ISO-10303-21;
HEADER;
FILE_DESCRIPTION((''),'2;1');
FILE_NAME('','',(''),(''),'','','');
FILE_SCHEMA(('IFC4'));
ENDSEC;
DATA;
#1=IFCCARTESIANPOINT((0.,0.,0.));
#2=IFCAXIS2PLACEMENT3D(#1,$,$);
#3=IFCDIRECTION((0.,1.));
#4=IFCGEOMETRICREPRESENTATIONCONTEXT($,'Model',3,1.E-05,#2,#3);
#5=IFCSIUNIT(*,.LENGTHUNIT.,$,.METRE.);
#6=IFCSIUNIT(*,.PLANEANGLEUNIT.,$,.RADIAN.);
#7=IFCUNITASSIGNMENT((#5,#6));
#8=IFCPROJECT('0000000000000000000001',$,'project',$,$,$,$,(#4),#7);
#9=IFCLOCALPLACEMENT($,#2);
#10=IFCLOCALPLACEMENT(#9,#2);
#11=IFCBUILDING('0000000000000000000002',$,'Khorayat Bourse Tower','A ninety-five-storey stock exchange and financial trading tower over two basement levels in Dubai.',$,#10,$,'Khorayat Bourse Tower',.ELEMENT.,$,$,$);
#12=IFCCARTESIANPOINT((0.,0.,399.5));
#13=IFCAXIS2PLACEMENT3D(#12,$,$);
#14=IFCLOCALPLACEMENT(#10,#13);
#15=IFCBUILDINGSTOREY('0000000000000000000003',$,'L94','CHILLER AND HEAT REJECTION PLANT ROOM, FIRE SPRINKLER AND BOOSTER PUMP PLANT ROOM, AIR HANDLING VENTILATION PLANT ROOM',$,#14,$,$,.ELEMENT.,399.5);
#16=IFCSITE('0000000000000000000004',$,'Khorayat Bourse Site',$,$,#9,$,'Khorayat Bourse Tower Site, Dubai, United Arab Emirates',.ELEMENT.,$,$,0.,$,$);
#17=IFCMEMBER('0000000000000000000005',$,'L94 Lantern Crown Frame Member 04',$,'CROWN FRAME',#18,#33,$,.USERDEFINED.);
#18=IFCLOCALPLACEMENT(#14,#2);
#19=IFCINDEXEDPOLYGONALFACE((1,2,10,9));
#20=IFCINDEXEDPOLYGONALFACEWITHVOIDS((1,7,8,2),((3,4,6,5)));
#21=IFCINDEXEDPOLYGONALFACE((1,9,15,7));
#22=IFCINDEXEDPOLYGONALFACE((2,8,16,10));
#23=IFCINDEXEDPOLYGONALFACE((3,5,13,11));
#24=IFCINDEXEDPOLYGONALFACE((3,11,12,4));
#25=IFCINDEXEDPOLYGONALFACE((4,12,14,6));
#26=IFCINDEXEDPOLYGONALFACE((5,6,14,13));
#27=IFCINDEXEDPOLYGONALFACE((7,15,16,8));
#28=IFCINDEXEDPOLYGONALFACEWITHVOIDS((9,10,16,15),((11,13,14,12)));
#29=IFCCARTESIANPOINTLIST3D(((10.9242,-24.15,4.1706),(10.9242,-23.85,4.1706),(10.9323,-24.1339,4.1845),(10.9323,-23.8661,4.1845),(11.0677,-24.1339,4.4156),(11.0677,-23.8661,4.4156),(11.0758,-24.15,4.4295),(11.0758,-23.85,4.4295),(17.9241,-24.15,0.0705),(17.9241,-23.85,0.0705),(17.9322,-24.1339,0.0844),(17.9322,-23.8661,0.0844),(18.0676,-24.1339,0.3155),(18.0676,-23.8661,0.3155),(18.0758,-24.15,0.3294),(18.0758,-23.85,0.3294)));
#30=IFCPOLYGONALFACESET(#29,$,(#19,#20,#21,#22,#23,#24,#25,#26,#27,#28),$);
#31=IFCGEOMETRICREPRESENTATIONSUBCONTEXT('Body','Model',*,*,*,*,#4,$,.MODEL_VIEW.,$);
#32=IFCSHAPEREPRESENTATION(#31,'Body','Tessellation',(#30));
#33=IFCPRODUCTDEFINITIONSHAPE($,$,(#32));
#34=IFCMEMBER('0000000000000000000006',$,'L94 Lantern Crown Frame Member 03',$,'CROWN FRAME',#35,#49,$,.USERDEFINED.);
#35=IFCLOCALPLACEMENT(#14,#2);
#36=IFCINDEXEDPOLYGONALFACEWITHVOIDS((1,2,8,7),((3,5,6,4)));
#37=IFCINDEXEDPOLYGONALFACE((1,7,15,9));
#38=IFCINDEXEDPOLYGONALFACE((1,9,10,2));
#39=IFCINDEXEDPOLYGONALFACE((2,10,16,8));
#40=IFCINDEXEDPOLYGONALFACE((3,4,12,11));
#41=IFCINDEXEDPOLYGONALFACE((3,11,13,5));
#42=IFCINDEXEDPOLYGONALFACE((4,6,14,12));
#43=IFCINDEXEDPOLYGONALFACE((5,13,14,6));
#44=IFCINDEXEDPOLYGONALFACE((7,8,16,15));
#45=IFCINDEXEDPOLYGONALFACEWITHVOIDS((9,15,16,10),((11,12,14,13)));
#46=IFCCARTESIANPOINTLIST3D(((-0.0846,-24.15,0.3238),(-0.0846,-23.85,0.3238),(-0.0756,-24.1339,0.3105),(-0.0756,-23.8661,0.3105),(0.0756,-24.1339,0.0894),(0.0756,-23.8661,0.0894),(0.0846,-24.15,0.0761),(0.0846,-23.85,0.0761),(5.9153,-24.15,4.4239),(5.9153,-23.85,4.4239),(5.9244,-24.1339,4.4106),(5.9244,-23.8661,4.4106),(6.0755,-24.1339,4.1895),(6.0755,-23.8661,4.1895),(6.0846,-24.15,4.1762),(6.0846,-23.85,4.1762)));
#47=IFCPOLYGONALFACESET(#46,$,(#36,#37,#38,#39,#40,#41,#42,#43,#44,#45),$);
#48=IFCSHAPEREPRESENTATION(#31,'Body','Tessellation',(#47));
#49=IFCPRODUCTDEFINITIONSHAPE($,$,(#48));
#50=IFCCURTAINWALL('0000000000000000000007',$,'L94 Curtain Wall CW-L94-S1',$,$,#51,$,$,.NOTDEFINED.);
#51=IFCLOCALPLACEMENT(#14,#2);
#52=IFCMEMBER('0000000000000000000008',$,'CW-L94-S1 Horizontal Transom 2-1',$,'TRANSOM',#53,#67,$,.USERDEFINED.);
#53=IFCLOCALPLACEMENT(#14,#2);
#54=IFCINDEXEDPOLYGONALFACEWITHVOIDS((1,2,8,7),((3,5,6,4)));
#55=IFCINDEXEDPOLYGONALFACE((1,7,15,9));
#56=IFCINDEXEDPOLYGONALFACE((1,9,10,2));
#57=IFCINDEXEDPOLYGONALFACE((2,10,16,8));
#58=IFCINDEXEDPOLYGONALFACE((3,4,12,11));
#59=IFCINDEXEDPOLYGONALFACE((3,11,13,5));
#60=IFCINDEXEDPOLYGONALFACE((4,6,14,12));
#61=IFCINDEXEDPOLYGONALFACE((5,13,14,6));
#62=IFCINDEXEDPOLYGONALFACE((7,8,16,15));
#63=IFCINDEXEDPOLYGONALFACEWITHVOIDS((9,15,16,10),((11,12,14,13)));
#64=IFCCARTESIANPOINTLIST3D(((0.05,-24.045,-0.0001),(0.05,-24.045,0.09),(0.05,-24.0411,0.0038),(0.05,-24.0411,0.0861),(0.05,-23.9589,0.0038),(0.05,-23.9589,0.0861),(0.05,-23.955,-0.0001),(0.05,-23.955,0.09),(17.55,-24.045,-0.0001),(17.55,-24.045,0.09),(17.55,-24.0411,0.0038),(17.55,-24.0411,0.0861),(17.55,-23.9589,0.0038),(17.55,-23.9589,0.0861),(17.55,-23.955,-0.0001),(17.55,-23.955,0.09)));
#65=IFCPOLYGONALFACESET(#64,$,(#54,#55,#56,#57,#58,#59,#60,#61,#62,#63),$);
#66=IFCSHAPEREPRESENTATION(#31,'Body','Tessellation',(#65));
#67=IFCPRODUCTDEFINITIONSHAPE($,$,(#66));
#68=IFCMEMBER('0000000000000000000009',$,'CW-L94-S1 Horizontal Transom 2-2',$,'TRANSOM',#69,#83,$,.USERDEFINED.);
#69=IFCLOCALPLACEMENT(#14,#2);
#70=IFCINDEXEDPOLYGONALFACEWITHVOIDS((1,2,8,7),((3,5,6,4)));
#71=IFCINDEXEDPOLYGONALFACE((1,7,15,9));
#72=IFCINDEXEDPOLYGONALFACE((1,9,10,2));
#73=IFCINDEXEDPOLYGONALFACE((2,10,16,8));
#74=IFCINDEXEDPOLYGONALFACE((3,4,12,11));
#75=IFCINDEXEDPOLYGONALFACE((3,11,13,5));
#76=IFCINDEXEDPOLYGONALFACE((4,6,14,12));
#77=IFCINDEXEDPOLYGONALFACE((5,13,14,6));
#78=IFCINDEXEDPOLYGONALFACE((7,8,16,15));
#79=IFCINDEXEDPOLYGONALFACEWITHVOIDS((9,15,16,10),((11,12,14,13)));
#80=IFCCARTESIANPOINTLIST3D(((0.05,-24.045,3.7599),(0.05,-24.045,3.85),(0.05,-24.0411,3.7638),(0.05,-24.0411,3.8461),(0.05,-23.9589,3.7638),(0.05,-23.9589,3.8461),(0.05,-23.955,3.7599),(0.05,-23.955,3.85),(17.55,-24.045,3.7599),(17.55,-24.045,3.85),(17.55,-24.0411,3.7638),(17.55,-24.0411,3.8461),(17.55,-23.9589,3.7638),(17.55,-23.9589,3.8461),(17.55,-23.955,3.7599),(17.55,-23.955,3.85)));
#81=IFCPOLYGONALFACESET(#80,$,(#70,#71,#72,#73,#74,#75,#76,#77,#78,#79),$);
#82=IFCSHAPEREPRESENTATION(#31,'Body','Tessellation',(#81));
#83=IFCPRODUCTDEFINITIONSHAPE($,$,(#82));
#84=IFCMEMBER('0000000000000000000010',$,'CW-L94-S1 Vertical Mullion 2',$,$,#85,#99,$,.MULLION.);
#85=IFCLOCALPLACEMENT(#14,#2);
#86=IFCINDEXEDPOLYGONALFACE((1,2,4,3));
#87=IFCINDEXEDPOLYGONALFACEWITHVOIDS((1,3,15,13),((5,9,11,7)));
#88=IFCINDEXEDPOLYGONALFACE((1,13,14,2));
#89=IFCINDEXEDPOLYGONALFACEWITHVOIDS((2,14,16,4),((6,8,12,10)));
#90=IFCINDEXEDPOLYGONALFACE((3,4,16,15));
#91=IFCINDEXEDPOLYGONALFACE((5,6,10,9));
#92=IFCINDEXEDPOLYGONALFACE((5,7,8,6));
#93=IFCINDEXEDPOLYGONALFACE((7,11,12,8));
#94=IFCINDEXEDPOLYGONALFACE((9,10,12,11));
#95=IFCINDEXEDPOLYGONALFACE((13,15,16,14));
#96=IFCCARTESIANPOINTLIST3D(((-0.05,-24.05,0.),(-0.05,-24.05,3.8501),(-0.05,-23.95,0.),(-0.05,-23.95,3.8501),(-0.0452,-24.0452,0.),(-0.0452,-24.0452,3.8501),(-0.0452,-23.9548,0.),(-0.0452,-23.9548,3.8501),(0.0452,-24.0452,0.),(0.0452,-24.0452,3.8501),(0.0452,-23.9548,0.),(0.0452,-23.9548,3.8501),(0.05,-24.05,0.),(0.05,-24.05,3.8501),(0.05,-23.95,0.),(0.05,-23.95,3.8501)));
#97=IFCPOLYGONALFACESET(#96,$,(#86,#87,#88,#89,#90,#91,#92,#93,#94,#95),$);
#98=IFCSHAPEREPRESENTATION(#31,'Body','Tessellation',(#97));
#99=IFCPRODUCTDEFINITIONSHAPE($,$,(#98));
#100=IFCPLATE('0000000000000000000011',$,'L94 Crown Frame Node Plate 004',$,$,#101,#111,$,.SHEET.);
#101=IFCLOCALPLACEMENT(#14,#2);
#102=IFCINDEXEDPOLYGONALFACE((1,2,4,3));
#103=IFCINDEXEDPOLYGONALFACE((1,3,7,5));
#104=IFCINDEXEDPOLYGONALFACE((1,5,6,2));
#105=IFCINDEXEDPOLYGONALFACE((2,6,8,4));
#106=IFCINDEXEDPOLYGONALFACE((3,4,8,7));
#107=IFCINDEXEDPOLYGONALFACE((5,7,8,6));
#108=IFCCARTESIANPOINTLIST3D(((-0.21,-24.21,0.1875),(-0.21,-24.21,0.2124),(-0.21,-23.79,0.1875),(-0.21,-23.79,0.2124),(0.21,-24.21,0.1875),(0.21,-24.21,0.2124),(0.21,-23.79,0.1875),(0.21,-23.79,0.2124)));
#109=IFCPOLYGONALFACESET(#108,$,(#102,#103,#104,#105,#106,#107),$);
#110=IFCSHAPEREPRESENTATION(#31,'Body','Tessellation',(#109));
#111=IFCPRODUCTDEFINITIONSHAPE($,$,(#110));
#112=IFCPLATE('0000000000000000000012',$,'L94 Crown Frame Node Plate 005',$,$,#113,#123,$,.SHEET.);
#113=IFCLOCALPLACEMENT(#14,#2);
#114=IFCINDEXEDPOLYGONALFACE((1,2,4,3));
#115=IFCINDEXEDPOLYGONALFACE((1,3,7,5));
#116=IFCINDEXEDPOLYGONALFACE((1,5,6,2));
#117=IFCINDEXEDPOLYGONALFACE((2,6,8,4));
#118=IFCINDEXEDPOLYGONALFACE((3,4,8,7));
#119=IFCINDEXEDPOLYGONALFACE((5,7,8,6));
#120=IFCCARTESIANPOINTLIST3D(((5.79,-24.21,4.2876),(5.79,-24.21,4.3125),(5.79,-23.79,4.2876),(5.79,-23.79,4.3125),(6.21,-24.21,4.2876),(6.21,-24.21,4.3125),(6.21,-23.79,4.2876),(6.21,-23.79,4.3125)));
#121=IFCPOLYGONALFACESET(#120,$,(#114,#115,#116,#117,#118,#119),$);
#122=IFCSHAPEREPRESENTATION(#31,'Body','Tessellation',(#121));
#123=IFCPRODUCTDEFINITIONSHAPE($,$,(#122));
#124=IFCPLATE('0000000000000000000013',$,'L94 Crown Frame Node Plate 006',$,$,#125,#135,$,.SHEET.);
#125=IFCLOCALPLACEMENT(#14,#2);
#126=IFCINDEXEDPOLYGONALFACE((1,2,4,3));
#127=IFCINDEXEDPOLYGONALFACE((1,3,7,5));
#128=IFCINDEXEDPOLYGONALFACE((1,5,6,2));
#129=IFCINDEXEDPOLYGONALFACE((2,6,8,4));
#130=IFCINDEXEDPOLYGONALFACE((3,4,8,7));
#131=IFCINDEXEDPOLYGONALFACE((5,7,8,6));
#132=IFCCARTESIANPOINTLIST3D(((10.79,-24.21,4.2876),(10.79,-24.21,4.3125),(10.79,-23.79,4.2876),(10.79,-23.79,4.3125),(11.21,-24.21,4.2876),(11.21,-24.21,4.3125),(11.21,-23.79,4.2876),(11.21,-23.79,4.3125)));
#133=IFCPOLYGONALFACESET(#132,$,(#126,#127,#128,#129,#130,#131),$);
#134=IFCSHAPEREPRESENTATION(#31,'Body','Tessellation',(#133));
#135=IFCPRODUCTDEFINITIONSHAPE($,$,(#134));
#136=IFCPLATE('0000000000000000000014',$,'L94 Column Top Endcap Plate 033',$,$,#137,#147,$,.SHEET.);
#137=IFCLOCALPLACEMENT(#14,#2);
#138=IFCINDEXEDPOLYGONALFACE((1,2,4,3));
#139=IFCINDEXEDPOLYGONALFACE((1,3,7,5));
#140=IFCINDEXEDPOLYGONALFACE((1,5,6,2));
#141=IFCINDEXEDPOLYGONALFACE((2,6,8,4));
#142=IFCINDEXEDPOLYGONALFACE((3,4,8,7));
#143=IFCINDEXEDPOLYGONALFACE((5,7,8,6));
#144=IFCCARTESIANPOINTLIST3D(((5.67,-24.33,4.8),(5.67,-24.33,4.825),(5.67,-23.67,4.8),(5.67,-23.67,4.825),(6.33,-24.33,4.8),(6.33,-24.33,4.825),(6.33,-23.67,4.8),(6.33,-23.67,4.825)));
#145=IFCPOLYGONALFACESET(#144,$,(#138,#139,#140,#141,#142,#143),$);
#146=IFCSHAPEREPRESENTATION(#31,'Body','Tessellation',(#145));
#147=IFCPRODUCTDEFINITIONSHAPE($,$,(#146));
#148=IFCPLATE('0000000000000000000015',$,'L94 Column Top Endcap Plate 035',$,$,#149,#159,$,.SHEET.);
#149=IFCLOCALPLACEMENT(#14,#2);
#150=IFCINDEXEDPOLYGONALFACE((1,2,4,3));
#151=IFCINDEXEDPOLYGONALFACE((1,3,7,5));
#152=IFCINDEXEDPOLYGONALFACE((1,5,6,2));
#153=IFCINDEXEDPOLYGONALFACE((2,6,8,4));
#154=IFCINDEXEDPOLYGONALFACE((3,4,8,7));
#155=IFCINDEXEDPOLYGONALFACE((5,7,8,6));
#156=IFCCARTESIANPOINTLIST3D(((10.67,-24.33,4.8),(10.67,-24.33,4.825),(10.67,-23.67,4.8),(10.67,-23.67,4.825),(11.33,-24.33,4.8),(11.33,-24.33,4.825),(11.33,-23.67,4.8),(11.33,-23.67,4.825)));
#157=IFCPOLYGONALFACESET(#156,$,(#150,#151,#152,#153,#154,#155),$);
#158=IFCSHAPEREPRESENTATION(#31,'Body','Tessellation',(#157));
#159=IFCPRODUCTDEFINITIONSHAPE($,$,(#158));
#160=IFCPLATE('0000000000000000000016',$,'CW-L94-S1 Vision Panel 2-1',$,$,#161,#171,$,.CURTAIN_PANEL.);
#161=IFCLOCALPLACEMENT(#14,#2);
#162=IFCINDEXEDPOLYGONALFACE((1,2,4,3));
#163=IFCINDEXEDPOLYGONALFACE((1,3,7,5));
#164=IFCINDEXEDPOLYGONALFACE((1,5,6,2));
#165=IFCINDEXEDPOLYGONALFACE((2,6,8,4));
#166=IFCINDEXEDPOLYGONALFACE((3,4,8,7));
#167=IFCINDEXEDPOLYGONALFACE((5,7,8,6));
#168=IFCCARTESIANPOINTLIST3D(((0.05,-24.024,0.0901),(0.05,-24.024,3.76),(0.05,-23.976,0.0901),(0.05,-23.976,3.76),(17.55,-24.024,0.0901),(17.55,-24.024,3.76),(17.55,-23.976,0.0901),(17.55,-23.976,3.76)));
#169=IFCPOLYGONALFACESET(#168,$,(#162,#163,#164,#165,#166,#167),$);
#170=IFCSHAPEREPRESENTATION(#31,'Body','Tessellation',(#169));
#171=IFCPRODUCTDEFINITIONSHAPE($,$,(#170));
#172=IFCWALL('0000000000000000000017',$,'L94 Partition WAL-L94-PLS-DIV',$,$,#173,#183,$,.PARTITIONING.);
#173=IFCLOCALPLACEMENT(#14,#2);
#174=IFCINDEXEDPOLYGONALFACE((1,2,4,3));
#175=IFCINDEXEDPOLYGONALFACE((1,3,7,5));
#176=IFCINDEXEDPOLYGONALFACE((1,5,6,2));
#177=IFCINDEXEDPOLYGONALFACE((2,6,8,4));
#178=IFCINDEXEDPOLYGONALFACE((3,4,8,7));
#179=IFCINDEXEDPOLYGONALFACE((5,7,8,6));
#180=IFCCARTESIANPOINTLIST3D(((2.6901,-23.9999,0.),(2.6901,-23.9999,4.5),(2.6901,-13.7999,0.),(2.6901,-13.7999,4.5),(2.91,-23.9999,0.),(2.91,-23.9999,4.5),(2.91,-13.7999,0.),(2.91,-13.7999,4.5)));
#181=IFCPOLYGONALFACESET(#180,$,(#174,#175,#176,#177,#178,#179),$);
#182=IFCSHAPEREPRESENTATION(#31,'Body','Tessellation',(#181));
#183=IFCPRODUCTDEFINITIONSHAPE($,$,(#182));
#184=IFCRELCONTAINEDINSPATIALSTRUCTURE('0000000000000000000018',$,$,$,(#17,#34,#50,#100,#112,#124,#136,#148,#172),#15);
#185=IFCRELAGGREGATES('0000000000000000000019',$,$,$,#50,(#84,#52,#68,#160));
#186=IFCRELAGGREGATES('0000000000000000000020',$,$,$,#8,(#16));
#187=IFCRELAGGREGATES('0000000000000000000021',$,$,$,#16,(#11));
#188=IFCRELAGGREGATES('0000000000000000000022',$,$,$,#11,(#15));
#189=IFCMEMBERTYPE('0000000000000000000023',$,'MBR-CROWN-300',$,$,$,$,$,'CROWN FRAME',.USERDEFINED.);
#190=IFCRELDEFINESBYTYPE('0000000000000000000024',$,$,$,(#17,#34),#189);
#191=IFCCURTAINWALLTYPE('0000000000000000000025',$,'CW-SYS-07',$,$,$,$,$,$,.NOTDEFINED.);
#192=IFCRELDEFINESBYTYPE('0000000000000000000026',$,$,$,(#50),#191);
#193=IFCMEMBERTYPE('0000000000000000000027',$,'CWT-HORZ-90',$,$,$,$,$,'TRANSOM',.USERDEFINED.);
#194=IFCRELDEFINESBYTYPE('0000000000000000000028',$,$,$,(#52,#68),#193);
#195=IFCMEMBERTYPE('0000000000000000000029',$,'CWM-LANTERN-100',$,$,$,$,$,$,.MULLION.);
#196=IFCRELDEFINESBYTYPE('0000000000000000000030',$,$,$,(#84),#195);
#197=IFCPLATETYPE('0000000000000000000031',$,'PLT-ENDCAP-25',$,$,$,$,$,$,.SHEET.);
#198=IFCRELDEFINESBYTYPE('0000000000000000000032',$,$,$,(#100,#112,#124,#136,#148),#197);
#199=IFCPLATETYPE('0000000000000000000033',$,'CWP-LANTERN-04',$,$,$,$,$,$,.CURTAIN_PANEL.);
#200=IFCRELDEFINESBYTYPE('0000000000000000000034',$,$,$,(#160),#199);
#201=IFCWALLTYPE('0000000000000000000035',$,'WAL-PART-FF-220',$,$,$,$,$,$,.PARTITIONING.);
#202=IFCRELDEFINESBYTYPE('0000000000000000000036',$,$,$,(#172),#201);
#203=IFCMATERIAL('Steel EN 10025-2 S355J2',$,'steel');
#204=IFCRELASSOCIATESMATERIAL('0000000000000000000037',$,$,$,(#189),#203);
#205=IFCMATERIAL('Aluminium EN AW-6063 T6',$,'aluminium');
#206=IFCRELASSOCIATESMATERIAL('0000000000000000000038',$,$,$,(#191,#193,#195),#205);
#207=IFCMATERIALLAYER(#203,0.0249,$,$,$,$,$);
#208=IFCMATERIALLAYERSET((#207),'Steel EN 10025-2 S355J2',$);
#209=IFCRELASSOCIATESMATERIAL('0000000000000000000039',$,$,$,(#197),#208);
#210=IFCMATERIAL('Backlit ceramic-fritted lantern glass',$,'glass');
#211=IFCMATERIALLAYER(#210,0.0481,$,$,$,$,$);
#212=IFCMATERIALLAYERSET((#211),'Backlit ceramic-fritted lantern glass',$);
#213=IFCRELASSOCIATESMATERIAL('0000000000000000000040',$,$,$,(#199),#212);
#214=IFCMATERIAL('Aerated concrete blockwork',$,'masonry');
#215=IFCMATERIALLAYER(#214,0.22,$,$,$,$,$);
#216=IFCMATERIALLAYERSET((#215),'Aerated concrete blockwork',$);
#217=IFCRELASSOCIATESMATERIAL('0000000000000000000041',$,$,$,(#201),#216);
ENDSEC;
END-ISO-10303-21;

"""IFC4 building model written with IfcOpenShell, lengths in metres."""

from ifc_helpers import new_model, si_unit, direction, frame, frame_2d, origin, origin_2d, place, context, subcontext, project, spatial, rectangle, hollow_rectangle, extrude, source, transform, mapped, material, layer, layer_set, material_profile, profile_set, type_object, element, aggregate, save


model = new_model("IFC4")

# Units and contexts
model_context = context("Model", 3, precision=1e-05, world=origin(), true_north=direction((0.0, 1.0)))
body_context = subcontext(model_context, "Body", "Model", "MODEL_VIEW")
ifc_project = project(units=[si_unit("LENGTHUNIT", "METRE"), si_unit("PLANEANGLEUNIT", "RADIAN")], contexts=[model_context])

# Site, building, storey
site_placement = place(None, origin())
site = spatial("IfcSite", under=ifc_project, at=site_placement, Name="Khorayat Bourse Site", LongName="Khorayat Bourse Tower Site, Dubai, United Arab Emirates", CompositionType="ELEMENT", RefElevation=0.0)
building_placement = place(site_placement, origin())
building = spatial("IfcBuilding", under=site, at=building_placement, Name="Khorayat Bourse Tower", Description="A ninety-five-storey stock exchange and financial trading tower over two basement levels in Dubai.", LongName="Khorayat Bourse Tower", CompositionType="ELEMENT")
storey_placement = place(building_placement, frame((0.0, 0.0, 399.5)))
storey = spatial("IfcBuildingStorey", under=building, at=storey_placement, Name="L94", Description="CHILLER AND HEAT REJECTION PLANT ROOM, FIRE SPRINKLER AND BOOSTER PUMP PLANT ROOM, AIR HANDLING VENTILATION PLANT ROOM", CompositionType="ELEMENT", Elevation=399.5)

# Shared definitions
ifc_material_1 = material(Name="Steel EN 10025-2 S355J2", Category="steel")

# Members
ifc_material_profile_1 = material_profile(ifc_material_1, hollow_rectangle(XDim=0.3, YDim=0.3, WallThickness=0.0161, at=origin_2d()), Name="HSS 300x300x16")
ifc_profile_set_1 = profile_set([ifc_material_profile_1], Name="Steel EN 10025-2 S355J2")
member_type_1 = type_object("IfcMemberType", Name="MBR-CROWN-300", ElementType="CROWN FRAME", PredefinedType="USERDEFINED", material=ifc_profile_set_1)
shared_shape_1 = source(origin(), body_context, "Body", "SweptSolid", [
    extrude(hollow_rectangle(XDim=0.3, YDim=0.3, WallThickness=0.0161, at=origin_2d()), origin(), (0.0, 0.0, 1.0), 8.1123),
])
member_1_placement = place(storey_placement, frame((11.0, -24.0, 4.3), z_axis=(0.862878, 0.0, -0.505412), x_axis=(0.0, 1.0, 0.0)))
element("IfcMember", 1, at=member_1_placement, inside=storey, type_object=member_type_1, Name="L94 Lantern Crown Frame Member 04", ObjectType="CROWN FRAME", PredefinedType="USERDEFINED", context=body_context, shape_type="MappedRepresentation", body=[
    mapped(shared_shape_1, transform((0.0, 0.0, 0.0), scale=1.0)),
])
shared_shape_2 = source(origin(), body_context, "Body", "SweptSolid", [
    extrude(hollow_rectangle(XDim=0.3, YDim=0.3, WallThickness=0.0161, at=origin_2d()), origin(), (0.0, 0.0, 1.0), 7.2671),
])
member_2_placement = place(storey_placement, frame((0.0, -24.0, 0.2), z_axis=(0.825638, 0.0, 0.5642), x_axis=(0.0, 1.0, 0.0)))
element("IfcMember", 2, at=member_2_placement, inside=storey, type_object=member_type_1, Name="L94 Lantern Crown Frame Member 03", ObjectType="CROWN FRAME", PredefinedType="USERDEFINED", context=body_context, shape_type="MappedRepresentation", body=[
    mapped(shared_shape_2, transform((0.0, 0.0, 0.0), scale=1.0)),
])

# Curtain wall, members
ifc_material_2 = material(Name="Aluminium EN AW-6063 T6", Category="aluminium")
curtain_wall_type = type_object("IfcCurtainWallType", Name="CW-SYS-07", PredefinedType="NOTDEFINED", material=ifc_material_2)
curtain_wall_placement = place(storey_placement, origin())
curtain_wall = element("IfcCurtainWall", 3, at=curtain_wall_placement, inside=storey, type_object=curtain_wall_type, Name="L94 Curtain Wall CW-L94-S1", PredefinedType="NOTDEFINED")
ifc_material_profile_2 = material_profile(ifc_material_2, hollow_rectangle(XDim=0.0901, YDim=0.0901, WallThickness=0.0039, at=origin_2d()), Name="ALU 90x90x4")
ifc_profile_set_2 = profile_set([ifc_material_profile_2], Name="Aluminium EN AW-6063 T6")
member_type_2 = type_object("IfcMemberType", Name="CWT-HORZ-90", ElementType="TRANSOM", PredefinedType="USERDEFINED", material=ifc_profile_set_2)
shared_shape_3 = source(origin(), body_context, "Body", "SweptSolid", [
    extrude(hollow_rectangle(XDim=0.0901, YDim=0.0901, WallThickness=0.0039, at=origin_2d()), origin(), (0.0, 0.0, 1.0), 17.5),
])
member_3_placement = place(storey_placement, frame((0.05, -24.0, 0.0449), z_axis=(1.0, 0.0, 0.0), x_axis=(0.0, 1.0, 0.0)))
member_3 = element("IfcMember", 4, at=member_3_placement, type_object=member_type_2, Name="CW-L94-S1 Horizontal Transom 2-1", ObjectType="TRANSOM", PredefinedType="USERDEFINED", context=body_context, shape_type="MappedRepresentation", body=[
    mapped(shared_shape_3, transform((0.0, 0.0, 0.0), scale=1.0)),
])
member_4_placement = place(storey_placement, frame((0.05, -24.0, 3.8049), z_axis=(1.0, 0.0, 0.0), x_axis=(0.0, 1.0, 0.0)))
member_4 = element("IfcMember", 5, at=member_4_placement, type_object=member_type_2, Name="CW-L94-S1 Horizontal Transom 2-2", ObjectType="TRANSOM", PredefinedType="USERDEFINED", context=body_context, shape_type="MappedRepresentation", body=[
    mapped(shared_shape_3, transform((0.0, 0.0, 0.0), scale=1.0)),
])
ifc_material_profile_3 = material_profile(ifc_material_2, hollow_rectangle(XDim=0.1001, YDim=0.1001, WallThickness=0.0049, at=origin_2d()), Name="ALU 100x100x5")
ifc_profile_set_3 = profile_set([ifc_material_profile_3], Name="Aluminium EN AW-6063 T6")
member_type_3 = type_object("IfcMemberType", Name="CWM-LANTERN-100", PredefinedType="MULLION", material=ifc_profile_set_3)
shared_shape_4 = source(origin(), body_context, "Body", "SweptSolid", [
    extrude(hollow_rectangle(XDim=0.1001, YDim=0.1001, WallThickness=0.0049, at=origin_2d()), origin(), (0.0, 0.0, 1.0), 3.8501),
])
member_5_placement = place(storey_placement, frame((0.0, -24.0, 0.0), z_axis=(0.0, 0.0, 1.0), x_axis=(0.0, 1.0, 0.0)))
member_5 = element("IfcMember", 6, at=member_5_placement, type_object=member_type_3, Name="CW-L94-S1 Vertical Mullion 2", PredefinedType="MULLION", context=body_context, shape_type="MappedRepresentation", body=[
    mapped(shared_shape_4, transform((0.0, 0.0, 0.0), scale=1.0)),
])

# Plates
ifc_layer_1 = layer(ifc_material_1, 0.0249)
ifc_layer_set_1 = layer_set([ifc_layer_1], Name="Steel EN 10025-2 S355J2")
plate_type_1 = type_object("IfcPlateType", Name="PLT-ENDCAP-25", PredefinedType="SHEET", material=ifc_layer_set_1)
shared_shape_5 = source(origin(), body_context, "Body", "SweptSolid", [
    extrude(rectangle(XDim=0.4199, YDim=0.4199, at=origin_2d()), origin(), (0.0, 0.0, 1.0), 0.0249),
])
for number, where, z_axis, x_axis, name in (
    (7, (0.0, -24.0, 0.1875), (0.0, 0.0, 1.0), (1.0, 0.0, 0.0), "L94 Crown Frame Node Plate 004"),
    (8, (6.0, -24.0, 4.2876), (0.0, 0.0, 1.0), (1.0, 0.0, 0.0), "L94 Crown Frame Node Plate 005"),
    (9, (11.0, -24.0, 4.2876), (0.0, 0.0, 1.0), (1.0, 0.0, 0.0), "L94 Crown Frame Node Plate 006"),
):
    element("IfcPlate", number, at=place(storey_placement, frame(where, z_axis=z_axis, x_axis=x_axis)), inside=storey, type_object=plate_type_1, Name=name, PredefinedType="SHEET", context=body_context, shape_type="MappedRepresentation", body=[
        mapped(shared_shape_5, transform((0.0, 0.0, 0.0), scale=1.0)),
    ])
shared_shape_6 = source(origin(), body_context, "Body", "SweptSolid", [
    extrude(rectangle(XDim=0.6599, YDim=0.6599, at=origin_2d()), origin(), (0.0, 0.0, 1.0), 0.0249),
])
for number, where, z_axis, x_axis, name in (
    (10, (6.0, -24.0, 4.8), (0.0, 0.0, 1.0), (1.0, 0.0, 0.0), "L94 Column Top Endcap Plate 033"),
    (11, (11.0, -24.0, 4.8), (0.0, 0.0, 1.0), (1.0, 0.0, 0.0), "L94 Column Top Endcap Plate 035"),
):
    element("IfcPlate", number, at=place(storey_placement, frame(where, z_axis=z_axis, x_axis=x_axis)), inside=storey, type_object=plate_type_1, Name=name, PredefinedType="SHEET", context=body_context, shape_type="MappedRepresentation", body=[
        mapped(shared_shape_6, transform((0.0, 0.0, 0.0), scale=1.0)),
    ])

# Plate
ifc_material_3 = material(Name="Backlit ceramic-fritted lantern glass", Category="glass")
ifc_layer_2 = layer(ifc_material_3, 0.0481)
ifc_layer_set_2 = layer_set([ifc_layer_2], Name="Backlit ceramic-fritted lantern glass")
plate_type_2 = type_object("IfcPlateType", Name="CWP-LANTERN-04", PredefinedType="CURTAIN_PANEL", material=ifc_layer_set_2)
shared_shape_7 = source(origin(), body_context, "Body", "SweptSolid", [
    extrude(rectangle(XDim=17.5, YDim=0.0481, at=origin_2d()), origin(), (0.0, 0.0, 1.0), 3.6699),
])
plate_placement = place(storey_placement, frame((8.8, -24.0, 0.0901), z_axis=(0.0, 0.0, 1.0), x_axis=(1.0, 0.0, 0.0)))
plate = element("IfcPlate", 12, at=plate_placement, type_object=plate_type_2, Name="CW-L94-S1 Vision Panel 2-1", PredefinedType="CURTAIN_PANEL", context=body_context, shape_type="MappedRepresentation", body=[
    mapped(shared_shape_7, transform((0.0, 0.0, 0.0), scale=1.0)),
])
aggregate(curtain_wall, [member_5, member_3, member_4, plate])

# Wall
ifc_material_4 = material(Name="Aerated concrete blockwork", Category="masonry")
ifc_layer_3 = layer(ifc_material_4, 0.22)
ifc_layer_set_3 = layer_set([ifc_layer_3], Name="Aerated concrete blockwork")
wall_type = type_object("IfcWallType", Name="WAL-PART-FF-220", PredefinedType="PARTITIONING", material=ifc_layer_set_3)
shared_shape_8 = source(origin(), body_context, "Body", "SweptSolid", [
    extrude(rectangle(XDim=10.2, YDim=0.22, at=frame_2d((5.1001, 0.0))), origin(), (0.0, 0.0, 1.0), 4.5),
])
wall_placement = place(storey_placement, frame((2.8, -24.0, 0.0), z_axis=(0.0, 0.0, 1.0), x_axis=(0.0, 1.0, 0.0)))
element("IfcWall", 13, at=wall_placement, inside=storey, type_object=wall_type, Name="L94 Partition WAL-L94-PLS-DIV", PredefinedType="PARTITIONING", context=body_context, shape_type="MappedRepresentation", body=[
    mapped(shared_shape_8, transform((0.0, 0.0, 0.0), scale=1.0)),
])

save(model, "model.ifc")
